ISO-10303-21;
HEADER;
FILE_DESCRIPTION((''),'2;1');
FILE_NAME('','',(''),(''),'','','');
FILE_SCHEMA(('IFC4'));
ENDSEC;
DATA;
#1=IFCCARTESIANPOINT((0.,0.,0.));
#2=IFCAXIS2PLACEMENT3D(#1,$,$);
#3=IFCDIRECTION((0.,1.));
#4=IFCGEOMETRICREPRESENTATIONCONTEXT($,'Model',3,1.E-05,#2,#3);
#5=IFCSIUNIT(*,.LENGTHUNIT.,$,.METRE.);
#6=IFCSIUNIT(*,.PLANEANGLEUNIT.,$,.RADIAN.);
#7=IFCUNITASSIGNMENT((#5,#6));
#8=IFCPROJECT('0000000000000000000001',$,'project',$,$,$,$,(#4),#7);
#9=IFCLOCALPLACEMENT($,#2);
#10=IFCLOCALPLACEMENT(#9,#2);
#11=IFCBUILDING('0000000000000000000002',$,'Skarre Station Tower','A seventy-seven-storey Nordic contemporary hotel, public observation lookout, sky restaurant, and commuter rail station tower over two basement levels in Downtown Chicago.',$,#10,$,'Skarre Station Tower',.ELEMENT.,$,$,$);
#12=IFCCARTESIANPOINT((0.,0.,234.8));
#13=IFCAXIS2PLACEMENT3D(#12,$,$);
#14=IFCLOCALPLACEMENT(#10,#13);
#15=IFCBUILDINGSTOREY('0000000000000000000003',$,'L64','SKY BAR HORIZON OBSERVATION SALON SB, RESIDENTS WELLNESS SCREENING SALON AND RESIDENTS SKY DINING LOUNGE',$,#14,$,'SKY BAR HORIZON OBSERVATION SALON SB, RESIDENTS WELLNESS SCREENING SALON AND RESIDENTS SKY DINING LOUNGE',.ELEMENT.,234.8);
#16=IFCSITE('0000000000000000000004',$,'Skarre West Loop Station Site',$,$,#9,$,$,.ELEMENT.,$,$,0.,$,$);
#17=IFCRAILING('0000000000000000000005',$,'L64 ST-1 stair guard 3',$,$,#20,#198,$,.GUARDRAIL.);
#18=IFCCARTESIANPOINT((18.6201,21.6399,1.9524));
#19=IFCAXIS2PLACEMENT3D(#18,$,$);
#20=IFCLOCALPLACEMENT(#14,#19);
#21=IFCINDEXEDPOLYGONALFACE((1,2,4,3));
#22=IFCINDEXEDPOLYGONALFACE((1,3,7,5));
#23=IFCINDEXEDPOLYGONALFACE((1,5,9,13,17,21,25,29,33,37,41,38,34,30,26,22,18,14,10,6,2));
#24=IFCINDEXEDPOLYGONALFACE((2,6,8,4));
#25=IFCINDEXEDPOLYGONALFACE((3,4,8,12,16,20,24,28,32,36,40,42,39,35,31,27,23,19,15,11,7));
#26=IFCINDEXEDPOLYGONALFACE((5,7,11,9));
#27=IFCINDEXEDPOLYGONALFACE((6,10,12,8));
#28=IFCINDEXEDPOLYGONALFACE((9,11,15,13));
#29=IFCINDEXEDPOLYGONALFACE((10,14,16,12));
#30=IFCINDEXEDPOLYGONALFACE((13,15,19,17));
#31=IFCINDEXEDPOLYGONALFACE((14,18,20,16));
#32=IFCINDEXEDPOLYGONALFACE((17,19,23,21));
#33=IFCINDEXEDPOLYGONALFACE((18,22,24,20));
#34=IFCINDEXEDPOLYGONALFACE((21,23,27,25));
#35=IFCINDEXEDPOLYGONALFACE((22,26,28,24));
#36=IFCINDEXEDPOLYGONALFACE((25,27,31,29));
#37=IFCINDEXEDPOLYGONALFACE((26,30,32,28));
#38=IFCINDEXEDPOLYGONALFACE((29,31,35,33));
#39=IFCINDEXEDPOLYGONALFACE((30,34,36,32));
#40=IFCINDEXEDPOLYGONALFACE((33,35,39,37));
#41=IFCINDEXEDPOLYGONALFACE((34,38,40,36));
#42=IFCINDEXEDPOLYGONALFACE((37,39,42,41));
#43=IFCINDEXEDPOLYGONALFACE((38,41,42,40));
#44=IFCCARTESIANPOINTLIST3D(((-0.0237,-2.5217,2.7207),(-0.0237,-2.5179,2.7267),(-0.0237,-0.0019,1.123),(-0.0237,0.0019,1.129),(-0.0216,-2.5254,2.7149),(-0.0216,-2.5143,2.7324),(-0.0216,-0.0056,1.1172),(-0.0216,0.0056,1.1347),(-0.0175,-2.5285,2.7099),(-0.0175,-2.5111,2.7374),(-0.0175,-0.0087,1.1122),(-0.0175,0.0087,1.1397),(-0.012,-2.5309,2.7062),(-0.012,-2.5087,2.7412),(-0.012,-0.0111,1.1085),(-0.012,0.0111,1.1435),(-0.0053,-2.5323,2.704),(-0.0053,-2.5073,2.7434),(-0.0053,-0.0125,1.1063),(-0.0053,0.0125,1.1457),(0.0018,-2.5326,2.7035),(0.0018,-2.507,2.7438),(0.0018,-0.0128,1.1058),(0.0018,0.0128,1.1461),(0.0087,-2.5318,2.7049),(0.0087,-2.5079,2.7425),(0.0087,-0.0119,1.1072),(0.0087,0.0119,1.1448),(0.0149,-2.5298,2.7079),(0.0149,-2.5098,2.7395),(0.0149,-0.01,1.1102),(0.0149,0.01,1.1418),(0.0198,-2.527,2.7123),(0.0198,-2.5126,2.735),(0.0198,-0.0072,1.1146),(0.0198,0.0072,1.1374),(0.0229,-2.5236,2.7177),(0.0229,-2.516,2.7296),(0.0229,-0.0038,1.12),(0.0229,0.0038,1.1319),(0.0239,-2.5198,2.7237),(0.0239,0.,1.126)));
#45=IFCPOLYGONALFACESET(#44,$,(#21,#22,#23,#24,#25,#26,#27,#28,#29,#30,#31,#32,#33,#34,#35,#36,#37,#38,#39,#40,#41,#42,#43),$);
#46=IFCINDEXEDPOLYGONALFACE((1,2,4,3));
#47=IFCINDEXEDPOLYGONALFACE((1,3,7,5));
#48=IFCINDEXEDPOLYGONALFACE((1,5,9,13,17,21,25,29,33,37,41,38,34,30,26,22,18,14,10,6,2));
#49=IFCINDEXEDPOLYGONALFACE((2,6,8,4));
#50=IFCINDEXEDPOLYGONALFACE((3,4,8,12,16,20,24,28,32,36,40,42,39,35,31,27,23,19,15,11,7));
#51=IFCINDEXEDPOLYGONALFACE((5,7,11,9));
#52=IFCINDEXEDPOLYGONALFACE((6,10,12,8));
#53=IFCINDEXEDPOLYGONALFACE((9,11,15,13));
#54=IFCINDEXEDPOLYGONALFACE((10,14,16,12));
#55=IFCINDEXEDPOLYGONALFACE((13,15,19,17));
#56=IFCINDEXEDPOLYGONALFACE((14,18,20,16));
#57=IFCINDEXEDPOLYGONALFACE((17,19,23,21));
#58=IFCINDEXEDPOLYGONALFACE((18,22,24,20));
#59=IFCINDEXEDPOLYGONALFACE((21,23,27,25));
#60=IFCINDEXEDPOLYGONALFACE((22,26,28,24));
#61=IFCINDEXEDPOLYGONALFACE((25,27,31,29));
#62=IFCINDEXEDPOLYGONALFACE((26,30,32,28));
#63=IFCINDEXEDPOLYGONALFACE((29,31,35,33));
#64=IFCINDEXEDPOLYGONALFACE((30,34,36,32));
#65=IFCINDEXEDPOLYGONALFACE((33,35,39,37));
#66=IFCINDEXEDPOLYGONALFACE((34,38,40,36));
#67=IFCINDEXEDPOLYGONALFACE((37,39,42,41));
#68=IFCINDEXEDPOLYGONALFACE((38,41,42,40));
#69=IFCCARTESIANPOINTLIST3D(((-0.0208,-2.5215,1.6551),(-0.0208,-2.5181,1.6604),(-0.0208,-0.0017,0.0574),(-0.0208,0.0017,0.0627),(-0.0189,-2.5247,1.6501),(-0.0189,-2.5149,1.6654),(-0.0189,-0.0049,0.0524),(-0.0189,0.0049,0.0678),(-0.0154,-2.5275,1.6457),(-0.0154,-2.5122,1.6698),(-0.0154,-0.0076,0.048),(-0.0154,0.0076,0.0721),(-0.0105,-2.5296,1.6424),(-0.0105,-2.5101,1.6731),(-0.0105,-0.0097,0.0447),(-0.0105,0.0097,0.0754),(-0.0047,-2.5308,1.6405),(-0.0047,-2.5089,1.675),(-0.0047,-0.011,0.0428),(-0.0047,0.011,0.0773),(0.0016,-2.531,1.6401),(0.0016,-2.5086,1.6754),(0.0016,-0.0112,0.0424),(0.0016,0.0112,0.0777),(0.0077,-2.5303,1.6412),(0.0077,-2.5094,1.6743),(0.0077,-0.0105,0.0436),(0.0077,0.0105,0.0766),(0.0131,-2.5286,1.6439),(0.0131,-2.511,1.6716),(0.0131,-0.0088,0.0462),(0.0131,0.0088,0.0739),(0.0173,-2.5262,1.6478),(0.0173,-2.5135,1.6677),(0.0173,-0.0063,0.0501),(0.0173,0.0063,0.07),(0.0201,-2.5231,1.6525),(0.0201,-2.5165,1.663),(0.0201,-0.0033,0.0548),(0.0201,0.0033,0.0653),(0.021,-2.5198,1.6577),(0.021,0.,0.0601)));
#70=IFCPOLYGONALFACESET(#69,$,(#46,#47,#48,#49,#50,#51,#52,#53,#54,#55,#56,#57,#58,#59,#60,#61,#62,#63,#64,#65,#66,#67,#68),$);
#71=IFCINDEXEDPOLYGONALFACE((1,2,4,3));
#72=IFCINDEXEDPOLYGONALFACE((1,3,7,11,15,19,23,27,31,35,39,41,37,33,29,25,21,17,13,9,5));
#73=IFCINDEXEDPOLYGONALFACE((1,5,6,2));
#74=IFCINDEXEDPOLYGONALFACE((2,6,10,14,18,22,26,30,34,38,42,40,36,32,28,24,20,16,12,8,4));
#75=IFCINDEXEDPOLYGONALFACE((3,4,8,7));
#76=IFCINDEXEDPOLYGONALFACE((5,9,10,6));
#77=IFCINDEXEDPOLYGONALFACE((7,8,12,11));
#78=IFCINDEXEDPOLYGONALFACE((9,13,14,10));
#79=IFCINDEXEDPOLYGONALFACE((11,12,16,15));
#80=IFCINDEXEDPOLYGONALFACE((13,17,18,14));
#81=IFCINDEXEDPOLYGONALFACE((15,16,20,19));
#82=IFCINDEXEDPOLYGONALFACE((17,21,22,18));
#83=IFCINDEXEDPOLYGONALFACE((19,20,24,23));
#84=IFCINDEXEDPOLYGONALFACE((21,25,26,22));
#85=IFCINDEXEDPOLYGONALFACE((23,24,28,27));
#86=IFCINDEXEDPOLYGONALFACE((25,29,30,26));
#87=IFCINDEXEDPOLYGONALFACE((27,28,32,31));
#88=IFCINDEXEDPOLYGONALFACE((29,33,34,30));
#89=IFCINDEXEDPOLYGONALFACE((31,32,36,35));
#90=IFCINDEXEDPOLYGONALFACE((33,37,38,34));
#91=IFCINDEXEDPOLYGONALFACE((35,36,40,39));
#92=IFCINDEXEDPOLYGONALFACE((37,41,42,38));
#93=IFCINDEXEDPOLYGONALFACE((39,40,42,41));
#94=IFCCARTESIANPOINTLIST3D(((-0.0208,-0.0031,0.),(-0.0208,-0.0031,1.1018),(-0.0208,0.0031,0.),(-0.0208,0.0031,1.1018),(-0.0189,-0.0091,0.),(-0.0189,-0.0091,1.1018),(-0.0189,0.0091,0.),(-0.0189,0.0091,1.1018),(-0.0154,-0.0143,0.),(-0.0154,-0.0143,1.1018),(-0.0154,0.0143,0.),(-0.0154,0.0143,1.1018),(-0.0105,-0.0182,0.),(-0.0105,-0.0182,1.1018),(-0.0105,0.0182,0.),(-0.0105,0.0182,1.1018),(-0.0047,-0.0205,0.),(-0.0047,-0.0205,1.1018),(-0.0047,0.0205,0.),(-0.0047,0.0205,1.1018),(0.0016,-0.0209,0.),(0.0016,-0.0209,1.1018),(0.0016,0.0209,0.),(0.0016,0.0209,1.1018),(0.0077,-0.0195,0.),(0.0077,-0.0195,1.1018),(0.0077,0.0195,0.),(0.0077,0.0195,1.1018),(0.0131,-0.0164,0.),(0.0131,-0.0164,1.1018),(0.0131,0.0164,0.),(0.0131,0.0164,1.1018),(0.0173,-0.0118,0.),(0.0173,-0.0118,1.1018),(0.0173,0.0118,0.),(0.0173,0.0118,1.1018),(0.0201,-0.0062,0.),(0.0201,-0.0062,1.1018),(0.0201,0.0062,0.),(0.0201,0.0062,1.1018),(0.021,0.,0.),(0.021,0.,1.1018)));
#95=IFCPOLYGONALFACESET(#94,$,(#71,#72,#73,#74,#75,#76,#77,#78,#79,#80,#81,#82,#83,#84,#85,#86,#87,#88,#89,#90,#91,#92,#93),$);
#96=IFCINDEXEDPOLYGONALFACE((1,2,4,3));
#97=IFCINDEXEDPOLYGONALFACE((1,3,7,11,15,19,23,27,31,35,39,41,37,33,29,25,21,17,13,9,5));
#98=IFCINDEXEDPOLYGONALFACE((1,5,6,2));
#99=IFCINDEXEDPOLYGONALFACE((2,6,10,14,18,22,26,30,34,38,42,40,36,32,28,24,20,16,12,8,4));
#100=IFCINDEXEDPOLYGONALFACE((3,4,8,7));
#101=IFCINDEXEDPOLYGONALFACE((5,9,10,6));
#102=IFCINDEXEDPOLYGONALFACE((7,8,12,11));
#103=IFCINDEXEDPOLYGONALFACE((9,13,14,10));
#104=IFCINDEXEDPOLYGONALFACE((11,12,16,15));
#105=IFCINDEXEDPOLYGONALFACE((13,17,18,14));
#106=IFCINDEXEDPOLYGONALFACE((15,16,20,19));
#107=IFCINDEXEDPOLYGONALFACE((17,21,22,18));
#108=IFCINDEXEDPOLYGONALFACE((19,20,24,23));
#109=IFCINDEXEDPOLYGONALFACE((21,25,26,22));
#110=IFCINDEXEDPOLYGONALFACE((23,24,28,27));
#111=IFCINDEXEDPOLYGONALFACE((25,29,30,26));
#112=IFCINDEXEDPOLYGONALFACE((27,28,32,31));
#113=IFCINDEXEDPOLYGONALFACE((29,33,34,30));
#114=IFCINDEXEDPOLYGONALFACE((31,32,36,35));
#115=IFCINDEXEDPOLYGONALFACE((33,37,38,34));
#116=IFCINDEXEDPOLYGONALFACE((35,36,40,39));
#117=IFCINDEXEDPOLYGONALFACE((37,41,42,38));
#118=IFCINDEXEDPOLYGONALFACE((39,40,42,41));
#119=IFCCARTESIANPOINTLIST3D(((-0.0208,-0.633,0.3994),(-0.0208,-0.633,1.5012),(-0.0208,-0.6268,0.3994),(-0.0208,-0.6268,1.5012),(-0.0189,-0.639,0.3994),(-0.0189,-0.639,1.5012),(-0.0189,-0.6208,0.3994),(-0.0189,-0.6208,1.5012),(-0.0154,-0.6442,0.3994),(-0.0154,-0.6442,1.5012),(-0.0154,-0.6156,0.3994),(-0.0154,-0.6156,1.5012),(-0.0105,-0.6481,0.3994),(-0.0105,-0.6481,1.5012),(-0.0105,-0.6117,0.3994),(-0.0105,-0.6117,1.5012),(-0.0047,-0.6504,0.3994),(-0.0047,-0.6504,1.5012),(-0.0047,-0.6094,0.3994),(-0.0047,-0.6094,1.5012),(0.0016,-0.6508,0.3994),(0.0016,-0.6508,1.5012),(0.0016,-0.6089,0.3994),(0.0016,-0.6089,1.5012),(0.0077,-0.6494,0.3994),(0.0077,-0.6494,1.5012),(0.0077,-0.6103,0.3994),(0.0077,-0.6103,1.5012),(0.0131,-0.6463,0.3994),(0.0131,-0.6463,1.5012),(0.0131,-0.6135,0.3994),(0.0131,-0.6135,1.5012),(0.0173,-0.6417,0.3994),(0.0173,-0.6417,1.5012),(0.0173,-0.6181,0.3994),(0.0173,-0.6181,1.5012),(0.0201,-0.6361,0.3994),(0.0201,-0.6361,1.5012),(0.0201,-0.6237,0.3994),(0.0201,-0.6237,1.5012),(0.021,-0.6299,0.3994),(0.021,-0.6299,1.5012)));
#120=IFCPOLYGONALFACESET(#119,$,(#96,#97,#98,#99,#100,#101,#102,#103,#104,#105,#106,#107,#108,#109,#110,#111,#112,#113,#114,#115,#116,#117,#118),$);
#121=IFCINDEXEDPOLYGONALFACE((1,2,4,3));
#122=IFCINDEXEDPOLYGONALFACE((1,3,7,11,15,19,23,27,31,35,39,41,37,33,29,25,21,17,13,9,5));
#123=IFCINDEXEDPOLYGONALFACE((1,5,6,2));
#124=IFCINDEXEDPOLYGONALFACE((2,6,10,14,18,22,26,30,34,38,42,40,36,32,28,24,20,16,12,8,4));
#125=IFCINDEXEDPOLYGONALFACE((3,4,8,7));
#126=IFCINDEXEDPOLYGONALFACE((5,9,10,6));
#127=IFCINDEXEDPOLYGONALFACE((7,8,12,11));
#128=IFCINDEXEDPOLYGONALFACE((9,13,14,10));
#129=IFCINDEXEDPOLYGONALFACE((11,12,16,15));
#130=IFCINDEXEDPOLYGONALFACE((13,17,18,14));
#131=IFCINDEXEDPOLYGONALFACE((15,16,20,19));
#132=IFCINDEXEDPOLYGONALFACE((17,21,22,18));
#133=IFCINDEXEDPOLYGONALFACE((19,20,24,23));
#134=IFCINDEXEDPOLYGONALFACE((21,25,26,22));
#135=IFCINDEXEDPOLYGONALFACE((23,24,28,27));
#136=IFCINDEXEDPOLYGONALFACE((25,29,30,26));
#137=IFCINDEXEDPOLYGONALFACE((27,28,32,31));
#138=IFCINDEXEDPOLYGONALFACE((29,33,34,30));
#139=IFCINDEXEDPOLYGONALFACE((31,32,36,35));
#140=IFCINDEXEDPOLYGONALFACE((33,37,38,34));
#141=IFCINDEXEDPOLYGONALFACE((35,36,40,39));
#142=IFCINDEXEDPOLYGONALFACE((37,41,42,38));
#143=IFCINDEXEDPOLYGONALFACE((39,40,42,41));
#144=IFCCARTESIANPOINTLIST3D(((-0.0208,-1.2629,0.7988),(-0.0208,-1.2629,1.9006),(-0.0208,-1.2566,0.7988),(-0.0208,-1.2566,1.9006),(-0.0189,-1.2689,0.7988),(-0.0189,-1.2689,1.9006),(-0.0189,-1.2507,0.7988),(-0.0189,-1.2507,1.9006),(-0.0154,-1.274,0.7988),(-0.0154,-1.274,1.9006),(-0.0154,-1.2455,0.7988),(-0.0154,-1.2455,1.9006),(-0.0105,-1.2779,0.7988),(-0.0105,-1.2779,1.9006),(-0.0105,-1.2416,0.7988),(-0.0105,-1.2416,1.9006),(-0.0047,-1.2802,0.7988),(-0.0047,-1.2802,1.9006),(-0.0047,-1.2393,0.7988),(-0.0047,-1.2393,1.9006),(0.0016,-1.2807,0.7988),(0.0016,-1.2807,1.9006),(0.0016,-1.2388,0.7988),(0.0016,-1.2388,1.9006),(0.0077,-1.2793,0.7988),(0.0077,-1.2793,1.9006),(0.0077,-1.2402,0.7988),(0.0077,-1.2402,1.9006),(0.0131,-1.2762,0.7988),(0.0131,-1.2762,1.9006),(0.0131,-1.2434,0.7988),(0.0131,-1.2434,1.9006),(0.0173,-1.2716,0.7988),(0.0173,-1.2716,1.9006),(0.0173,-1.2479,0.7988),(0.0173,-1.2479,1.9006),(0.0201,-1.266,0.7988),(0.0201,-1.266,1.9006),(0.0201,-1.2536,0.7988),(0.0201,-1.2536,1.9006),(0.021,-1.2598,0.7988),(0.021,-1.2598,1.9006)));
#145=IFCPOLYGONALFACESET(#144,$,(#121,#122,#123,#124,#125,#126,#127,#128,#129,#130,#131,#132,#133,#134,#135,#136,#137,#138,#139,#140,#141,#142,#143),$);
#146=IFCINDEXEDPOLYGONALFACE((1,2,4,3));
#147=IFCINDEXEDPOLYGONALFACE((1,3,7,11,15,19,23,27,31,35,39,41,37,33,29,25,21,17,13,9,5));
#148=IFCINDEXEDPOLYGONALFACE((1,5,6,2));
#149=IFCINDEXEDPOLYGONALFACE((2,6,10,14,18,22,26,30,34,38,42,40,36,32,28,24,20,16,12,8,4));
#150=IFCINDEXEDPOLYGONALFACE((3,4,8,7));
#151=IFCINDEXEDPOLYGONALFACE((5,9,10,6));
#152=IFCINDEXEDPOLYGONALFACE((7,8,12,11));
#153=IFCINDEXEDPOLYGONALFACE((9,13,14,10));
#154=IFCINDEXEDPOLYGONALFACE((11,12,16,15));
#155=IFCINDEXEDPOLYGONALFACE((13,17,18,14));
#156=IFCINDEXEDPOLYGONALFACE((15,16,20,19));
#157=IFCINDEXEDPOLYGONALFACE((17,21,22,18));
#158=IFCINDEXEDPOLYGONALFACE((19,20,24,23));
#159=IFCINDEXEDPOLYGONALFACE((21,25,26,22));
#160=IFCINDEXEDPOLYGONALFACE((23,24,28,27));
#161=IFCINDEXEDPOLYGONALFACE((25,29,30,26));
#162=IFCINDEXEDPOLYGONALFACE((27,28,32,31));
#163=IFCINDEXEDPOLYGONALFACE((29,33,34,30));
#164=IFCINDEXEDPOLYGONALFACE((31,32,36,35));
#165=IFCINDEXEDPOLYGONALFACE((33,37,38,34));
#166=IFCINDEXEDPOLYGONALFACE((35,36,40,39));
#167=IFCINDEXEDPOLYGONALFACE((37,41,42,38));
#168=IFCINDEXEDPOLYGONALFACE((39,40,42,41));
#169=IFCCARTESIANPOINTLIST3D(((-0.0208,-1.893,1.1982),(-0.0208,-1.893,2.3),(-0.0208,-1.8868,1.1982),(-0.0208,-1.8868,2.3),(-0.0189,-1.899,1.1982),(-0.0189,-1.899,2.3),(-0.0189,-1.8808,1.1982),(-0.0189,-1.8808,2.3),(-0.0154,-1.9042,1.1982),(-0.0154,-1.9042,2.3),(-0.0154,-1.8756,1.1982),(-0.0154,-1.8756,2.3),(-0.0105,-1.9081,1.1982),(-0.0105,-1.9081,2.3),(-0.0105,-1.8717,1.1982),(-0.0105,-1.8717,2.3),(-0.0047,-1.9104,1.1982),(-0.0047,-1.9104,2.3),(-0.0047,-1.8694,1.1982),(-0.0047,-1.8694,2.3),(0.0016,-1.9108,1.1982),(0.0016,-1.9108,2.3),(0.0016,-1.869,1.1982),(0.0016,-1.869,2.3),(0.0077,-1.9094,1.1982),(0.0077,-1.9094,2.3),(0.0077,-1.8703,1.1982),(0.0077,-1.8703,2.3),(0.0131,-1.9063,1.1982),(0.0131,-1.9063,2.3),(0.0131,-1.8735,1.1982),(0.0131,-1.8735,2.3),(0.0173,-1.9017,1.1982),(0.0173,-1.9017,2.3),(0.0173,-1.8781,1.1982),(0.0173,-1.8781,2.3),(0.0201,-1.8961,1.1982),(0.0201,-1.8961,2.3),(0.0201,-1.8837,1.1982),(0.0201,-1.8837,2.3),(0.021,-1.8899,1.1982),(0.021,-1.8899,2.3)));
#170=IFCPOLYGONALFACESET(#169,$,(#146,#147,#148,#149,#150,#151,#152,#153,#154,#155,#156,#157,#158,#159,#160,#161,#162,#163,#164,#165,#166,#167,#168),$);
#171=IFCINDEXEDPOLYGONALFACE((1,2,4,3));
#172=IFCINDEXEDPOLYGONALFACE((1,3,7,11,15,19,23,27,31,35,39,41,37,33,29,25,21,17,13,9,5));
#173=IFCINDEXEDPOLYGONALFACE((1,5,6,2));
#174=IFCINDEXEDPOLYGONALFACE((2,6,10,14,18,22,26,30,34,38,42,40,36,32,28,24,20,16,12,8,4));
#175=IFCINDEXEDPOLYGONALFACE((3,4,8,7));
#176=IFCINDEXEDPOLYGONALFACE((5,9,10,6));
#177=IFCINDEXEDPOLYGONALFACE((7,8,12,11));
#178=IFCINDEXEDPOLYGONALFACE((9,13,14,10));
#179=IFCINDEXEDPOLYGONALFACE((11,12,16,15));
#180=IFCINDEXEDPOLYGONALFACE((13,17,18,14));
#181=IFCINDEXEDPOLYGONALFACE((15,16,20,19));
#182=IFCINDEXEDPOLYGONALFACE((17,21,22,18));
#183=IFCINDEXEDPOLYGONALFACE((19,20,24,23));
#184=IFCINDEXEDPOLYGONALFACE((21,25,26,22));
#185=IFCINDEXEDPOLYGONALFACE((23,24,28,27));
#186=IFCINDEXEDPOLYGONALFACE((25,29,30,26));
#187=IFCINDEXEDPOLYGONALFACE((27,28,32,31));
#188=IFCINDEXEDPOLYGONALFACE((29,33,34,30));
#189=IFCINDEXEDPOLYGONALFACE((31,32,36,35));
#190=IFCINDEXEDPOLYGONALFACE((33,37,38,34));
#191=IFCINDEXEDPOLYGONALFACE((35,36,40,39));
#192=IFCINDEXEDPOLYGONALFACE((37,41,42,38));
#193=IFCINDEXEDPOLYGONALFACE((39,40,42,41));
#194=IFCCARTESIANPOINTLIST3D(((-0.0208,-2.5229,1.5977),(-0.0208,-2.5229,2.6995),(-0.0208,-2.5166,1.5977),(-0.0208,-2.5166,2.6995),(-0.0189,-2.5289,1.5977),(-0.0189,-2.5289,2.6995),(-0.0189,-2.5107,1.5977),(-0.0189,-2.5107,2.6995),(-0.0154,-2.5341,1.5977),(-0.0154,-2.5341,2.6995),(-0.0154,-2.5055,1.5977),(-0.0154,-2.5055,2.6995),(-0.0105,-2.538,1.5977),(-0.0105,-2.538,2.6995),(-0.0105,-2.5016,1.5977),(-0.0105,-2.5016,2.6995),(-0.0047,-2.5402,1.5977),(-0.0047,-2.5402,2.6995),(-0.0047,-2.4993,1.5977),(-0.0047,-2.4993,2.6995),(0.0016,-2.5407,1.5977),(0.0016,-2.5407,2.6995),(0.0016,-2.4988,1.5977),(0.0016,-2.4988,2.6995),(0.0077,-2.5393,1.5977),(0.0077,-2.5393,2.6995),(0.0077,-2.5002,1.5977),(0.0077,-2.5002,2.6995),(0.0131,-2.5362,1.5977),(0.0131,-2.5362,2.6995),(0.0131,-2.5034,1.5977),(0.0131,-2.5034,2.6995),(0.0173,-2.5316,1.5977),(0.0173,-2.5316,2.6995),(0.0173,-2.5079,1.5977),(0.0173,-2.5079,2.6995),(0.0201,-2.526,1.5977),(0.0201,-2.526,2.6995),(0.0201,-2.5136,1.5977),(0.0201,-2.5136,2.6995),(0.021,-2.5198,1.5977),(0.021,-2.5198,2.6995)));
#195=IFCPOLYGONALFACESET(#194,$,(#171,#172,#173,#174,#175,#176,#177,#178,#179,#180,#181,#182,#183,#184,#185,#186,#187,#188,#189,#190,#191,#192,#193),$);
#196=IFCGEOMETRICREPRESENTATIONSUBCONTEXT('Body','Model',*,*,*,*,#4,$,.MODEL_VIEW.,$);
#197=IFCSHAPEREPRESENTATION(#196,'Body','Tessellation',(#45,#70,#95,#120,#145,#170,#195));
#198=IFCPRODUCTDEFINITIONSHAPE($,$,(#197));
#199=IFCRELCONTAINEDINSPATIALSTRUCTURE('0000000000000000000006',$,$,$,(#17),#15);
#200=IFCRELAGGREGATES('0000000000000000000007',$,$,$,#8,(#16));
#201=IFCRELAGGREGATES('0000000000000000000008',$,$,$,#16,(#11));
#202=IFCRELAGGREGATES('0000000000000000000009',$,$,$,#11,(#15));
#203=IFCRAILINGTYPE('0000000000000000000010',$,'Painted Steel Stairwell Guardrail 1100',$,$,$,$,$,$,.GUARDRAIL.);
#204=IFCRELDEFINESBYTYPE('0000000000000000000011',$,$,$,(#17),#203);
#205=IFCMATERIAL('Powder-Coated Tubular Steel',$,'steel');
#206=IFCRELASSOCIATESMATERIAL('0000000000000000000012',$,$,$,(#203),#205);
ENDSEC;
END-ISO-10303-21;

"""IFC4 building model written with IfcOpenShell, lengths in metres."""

from ifc_helpers import new_model, si_unit, direction, frame, origin, origin_2d, place, context, subcontext, project, spatial, circle, extrude, material, type_object, element, save


model = new_model("IFC4")

# Units and contexts
model_context = context("Model", 3, precision=1e-05, world=origin(), true_north=direction((0.0, 1.0)))
body_context = subcontext(model_context, "Body", "Model", "MODEL_VIEW")
ifc_project = project(units=[si_unit("LENGTHUNIT", "METRE"), si_unit("PLANEANGLEUNIT", "RADIAN")], contexts=[model_context])

# Site, building, storey
site_placement = place(None, origin())
site = spatial("IfcSite", under=ifc_project, at=site_placement, Name="Skarre West Loop Station Site", CompositionType="ELEMENT", RefElevation=0.0)
building_placement = place(site_placement, origin())
building = spatial("IfcBuilding", under=site, at=building_placement, Name="Skarre Station Tower", Description="A seventy-seven-storey Nordic contemporary hotel, public observation lookout, sky restaurant, and commuter rail station tower over two basement levels in Downtown Chicago.", LongName="Skarre Station Tower", CompositionType="ELEMENT")
storey_placement = place(building_placement, frame((0.0, 0.0, 234.8)))
storey = spatial("IfcBuildingStorey", under=building, at=storey_placement, Name="L64", Description="SKY BAR HORIZON OBSERVATION SALON SB, RESIDENTS WELLNESS SCREENING SALON AND RESIDENTS SKY DINING LOUNGE", LongName="SKY BAR HORIZON OBSERVATION SALON SB, RESIDENTS WELLNESS SCREENING SALON AND RESIDENTS SKY DINING LOUNGE", CompositionType="ELEMENT", Elevation=234.8)

# Railing
ifc_material_1 = material(Name="Powder-Coated Tubular Steel", Category="steel")
railing_type_1 = type_object("IfcRailingType", Name="Painted Steel Stairwell Guardrail 1100", PredefinedType="GUARDRAIL", material=ifc_material_1)
railing_1_placement = place(storey_placement, frame((18.6201, 21.6399, 1.9524)))
element("IfcRailing", 1, at=railing_1_placement, inside=storey, type_object=railing_type_1, Name="L64 ST-1 stair guard 3", PredefinedType="GUARDRAIL", context=body_context, shape_type="SweptSolid", body=[
    extrude(circle(Radius=0.0239, at=origin_2d()), frame((0.0, 0.0, 1.126), z_axis=(0.0, -0.844546, 0.535482), x_axis=(1.0, 0.0, 0.0)), (0.0, 0.0, 1.0), 2.9836),
    extrude(circle(Radius=0.021, at=origin_2d()), frame((0.0, 0.0, 0.0601), z_axis=(0.0, -0.844546, 0.535482), x_axis=(1.0, 0.0, 0.0)), (0.0, 0.0, 1.0), 2.9836),
    extrude(circle(Radius=0.021, at=origin_2d()), origin(), (0.0, 0.0, 1.0), 1.1018),
    extrude(circle(Radius=0.021, at=origin_2d()), frame((0.0, -0.6299, 0.3994)), (0.0, 0.0, 1.0), 1.1018),
    extrude(circle(Radius=0.021, at=origin_2d()), frame((0.0, -1.2598, 0.7988)), (0.0, 0.0, 1.0), 1.1018),
    extrude(circle(Radius=0.021, at=origin_2d()), frame((0.0, -1.8899, 1.1982)), (0.0, 0.0, 1.0), 1.1018),
    extrude(circle(Radius=0.021, at=origin_2d()), frame((0.0, -2.5198, 1.5977)), (0.0, 0.0, 1.0), 1.1018),
])

save(model, "model.ifc")
